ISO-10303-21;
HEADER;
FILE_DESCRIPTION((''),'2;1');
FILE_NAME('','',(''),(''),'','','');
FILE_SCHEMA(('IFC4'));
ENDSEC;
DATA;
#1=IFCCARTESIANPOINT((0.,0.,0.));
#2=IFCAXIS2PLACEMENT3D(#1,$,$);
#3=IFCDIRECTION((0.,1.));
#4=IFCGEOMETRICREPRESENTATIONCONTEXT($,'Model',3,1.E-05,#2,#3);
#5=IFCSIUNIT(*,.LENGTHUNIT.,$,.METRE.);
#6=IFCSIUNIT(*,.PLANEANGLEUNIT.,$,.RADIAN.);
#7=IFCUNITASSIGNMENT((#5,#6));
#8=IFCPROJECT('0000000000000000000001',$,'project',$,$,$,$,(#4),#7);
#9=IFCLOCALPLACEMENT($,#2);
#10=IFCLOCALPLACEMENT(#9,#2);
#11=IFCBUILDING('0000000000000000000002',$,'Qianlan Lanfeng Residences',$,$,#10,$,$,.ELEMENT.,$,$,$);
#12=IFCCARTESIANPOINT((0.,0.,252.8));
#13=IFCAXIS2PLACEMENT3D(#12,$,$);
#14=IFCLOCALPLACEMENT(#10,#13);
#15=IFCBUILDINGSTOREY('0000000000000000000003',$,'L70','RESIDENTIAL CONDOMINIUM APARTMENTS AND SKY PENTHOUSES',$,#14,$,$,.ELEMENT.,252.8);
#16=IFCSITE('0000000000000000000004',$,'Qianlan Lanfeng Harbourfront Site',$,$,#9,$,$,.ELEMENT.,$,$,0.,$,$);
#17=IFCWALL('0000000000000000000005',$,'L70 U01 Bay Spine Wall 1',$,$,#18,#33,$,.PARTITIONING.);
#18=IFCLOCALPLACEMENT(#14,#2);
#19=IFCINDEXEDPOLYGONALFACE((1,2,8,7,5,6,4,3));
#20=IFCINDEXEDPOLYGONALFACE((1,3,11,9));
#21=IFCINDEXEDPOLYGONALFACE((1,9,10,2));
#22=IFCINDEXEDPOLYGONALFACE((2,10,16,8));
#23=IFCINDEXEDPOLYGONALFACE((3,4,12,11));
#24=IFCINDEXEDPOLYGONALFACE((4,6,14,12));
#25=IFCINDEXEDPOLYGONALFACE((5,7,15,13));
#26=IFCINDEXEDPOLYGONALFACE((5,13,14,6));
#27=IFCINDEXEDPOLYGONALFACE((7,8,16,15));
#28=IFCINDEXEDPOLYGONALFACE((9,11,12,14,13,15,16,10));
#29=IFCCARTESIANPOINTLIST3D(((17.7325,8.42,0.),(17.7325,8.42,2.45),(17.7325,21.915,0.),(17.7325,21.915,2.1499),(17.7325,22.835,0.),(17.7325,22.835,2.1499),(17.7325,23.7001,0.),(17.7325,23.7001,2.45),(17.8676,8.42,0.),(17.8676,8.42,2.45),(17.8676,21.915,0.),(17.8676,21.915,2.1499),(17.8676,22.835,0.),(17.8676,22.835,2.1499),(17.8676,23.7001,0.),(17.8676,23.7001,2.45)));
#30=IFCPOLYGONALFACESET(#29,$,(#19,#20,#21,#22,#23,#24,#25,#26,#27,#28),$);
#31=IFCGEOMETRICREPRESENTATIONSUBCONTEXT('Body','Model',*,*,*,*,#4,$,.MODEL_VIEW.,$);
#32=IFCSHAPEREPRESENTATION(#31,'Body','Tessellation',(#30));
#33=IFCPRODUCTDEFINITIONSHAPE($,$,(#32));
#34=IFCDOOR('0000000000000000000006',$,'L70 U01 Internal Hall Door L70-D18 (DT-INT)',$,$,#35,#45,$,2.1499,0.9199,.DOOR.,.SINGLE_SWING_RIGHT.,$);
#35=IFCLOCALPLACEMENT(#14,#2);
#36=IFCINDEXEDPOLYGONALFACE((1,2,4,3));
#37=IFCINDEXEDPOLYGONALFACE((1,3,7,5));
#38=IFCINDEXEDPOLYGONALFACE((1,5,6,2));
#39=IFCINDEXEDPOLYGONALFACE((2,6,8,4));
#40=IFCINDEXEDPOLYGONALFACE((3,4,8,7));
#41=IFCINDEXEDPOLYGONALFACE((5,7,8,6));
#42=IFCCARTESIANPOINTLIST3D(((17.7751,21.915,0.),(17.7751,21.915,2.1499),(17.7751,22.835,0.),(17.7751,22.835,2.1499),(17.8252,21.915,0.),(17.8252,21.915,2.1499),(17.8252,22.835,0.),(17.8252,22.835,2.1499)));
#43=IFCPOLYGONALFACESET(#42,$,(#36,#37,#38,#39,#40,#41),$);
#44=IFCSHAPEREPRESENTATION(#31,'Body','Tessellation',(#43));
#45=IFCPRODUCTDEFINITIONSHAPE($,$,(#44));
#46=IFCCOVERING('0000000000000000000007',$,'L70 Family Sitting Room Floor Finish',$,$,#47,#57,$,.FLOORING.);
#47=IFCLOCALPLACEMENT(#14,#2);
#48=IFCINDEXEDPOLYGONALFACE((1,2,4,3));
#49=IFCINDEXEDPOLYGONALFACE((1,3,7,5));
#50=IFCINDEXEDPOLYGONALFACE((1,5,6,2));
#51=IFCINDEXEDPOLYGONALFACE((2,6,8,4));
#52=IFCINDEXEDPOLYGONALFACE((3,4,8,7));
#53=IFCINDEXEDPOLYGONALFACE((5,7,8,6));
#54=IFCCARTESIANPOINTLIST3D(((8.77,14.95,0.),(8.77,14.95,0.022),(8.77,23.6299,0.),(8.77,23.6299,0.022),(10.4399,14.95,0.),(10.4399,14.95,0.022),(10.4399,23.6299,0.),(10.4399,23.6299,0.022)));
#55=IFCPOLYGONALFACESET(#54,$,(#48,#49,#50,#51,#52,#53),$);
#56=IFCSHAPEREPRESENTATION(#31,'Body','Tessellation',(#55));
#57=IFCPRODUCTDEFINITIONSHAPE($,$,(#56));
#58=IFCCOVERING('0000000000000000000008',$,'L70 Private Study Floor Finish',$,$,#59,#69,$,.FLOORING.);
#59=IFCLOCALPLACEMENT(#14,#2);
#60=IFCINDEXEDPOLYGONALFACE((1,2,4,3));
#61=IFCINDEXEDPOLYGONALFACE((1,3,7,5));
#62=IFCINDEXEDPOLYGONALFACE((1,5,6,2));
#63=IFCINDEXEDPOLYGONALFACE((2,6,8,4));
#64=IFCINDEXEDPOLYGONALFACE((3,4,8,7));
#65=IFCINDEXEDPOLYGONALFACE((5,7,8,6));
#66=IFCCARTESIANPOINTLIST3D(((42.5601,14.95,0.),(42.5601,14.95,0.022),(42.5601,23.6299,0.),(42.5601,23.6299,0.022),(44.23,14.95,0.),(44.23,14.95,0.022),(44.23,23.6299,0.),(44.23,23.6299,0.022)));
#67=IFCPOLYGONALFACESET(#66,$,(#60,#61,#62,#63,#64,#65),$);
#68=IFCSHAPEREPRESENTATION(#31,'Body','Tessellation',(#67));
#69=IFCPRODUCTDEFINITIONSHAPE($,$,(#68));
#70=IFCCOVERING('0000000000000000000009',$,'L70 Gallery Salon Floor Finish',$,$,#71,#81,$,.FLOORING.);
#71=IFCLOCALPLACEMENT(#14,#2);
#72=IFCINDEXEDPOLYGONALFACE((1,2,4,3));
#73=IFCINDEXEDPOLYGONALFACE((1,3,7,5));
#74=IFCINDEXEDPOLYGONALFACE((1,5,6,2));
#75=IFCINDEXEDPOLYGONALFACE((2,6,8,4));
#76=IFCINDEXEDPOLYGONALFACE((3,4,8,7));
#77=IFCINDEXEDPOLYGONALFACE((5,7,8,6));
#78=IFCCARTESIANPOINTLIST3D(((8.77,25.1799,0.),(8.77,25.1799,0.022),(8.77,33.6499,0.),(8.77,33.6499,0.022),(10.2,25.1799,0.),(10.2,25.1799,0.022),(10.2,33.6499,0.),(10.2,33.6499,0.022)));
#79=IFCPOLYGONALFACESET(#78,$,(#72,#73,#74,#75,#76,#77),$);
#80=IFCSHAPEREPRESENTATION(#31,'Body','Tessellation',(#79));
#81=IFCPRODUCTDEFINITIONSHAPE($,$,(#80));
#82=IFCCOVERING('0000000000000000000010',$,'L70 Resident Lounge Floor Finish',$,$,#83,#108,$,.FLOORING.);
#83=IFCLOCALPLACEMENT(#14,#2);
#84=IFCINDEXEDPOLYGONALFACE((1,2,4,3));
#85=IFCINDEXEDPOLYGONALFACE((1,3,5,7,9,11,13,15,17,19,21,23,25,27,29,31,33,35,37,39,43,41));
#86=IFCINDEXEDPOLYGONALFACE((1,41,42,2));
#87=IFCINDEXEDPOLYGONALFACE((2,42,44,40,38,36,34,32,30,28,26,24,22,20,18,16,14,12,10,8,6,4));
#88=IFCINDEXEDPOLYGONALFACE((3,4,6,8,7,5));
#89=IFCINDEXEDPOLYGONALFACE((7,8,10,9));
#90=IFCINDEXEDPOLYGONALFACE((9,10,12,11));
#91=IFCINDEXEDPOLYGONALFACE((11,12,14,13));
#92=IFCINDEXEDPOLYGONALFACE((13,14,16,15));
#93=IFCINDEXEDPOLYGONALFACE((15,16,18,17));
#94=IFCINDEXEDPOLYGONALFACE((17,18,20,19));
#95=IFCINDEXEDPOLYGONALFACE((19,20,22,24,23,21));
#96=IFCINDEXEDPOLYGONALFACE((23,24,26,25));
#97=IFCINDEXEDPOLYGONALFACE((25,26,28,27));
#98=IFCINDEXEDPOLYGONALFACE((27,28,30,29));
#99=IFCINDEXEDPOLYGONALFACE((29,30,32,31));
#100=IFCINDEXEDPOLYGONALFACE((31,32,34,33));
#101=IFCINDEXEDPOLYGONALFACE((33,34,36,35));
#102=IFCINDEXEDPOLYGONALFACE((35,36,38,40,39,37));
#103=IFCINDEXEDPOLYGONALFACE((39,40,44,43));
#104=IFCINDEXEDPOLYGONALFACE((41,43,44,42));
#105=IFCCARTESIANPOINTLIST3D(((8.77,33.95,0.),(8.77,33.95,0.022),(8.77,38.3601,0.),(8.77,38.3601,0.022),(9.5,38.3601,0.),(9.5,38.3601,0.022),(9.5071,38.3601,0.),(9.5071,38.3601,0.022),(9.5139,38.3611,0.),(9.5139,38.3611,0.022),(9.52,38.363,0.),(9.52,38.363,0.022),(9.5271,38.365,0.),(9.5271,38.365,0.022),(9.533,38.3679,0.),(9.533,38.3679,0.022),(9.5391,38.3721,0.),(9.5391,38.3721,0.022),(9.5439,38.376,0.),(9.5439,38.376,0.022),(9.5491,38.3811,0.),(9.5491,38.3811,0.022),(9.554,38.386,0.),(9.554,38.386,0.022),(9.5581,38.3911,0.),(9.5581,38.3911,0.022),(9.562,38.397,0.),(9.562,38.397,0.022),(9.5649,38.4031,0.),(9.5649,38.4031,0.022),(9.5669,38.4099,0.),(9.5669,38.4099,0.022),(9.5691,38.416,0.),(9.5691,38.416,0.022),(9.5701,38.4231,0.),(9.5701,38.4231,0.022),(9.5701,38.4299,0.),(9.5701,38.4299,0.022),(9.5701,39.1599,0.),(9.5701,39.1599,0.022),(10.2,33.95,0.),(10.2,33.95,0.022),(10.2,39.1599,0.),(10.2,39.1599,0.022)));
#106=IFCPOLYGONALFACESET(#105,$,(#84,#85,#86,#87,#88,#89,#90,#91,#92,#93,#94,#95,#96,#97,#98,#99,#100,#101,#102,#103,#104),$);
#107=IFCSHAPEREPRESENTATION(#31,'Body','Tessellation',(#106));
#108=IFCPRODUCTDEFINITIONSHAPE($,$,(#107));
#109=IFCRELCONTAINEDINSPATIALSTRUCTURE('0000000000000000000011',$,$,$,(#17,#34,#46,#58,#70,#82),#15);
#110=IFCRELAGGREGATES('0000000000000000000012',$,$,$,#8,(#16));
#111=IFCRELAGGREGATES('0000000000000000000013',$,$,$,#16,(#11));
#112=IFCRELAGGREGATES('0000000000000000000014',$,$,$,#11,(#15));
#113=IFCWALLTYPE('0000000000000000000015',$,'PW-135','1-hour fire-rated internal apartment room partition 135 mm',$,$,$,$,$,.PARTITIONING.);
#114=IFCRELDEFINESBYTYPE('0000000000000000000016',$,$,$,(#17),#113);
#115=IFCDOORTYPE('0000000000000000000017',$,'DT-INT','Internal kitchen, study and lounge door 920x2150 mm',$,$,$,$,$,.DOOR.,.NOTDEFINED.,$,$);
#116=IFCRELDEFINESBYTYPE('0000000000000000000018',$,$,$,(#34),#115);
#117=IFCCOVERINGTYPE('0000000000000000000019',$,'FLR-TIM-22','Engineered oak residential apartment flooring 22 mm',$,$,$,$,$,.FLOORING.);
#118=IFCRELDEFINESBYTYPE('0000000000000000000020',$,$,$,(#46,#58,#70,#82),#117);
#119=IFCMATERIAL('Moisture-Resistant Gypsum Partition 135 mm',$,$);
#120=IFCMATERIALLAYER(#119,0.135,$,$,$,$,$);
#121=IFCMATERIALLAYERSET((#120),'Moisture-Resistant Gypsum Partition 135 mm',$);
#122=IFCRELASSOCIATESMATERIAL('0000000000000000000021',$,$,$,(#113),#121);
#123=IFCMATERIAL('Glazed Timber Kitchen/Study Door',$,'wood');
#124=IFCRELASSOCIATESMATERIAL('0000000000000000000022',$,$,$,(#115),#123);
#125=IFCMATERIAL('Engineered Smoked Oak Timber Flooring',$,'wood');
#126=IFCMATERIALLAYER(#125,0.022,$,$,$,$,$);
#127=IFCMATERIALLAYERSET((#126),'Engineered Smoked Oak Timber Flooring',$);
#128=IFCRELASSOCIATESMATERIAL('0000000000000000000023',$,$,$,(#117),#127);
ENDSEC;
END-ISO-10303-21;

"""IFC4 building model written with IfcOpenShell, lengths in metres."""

from ifc_helpers import new_model, si_unit, direction, frame, frame_2d, origin, place, context, subcontext, project, spatial, polyline, rectangle, outline, extrude, material, layer, layer_set, type_object, element, fill, save


model = new_model("IFC4")

# Units and contexts
model_context = context("Model", 3, precision=1e-05, world=origin(), true_north=direction((0.0, 1.0)))
body_context = subcontext(model_context, "Body", "Model", "MODEL_VIEW")
ifc_project = project(units=[si_unit("LENGTHUNIT", "METRE"), si_unit("PLANEANGLEUNIT", "RADIAN")], contexts=[model_context])

# Site, building, storey
site_placement = place(None, origin())
site = spatial("IfcSite", under=ifc_project, at=site_placement, Name="Qianlan Lanfeng Harbourfront Site", CompositionType="ELEMENT", RefElevation=0.0)
building_placement = place(site_placement, origin())
building = spatial("IfcBuilding", under=site, at=building_placement, Name="Qianlan Lanfeng Residences", CompositionType="ELEMENT")
storey_placement = place(building_placement, frame((0.0, 0.0, 252.8)))
storey = spatial("IfcBuildingStorey", under=building, at=storey_placement, Name="L70", Description="RESIDENTIAL CONDOMINIUM APARTMENTS AND SKY PENTHOUSES", CompositionType="ELEMENT", Elevation=252.8)

# Wall, opening, door
ifc_material_1 = material(Name="Moisture-Resistant Gypsum Partition 135 mm")
ifc_layer_1 = layer(ifc_material_1, 0.135)
ifc_layer_set_1 = layer_set([ifc_layer_1], Name="Moisture-Resistant Gypsum Partition 135 mm")
wall_type_1 = type_object("IfcWallType", Name="PW-135", Description="1-hour fire-rated internal apartment room partition 135 mm", PredefinedType="PARTITIONING", material=ifc_layer_set_1)
wall_1_placement = place(storey_placement, frame((17.8, 8.4199, 0.0), z_axis=(0.0, 0.0, 1.0), x_axis=(0.0, 1.0, 0.0)))
wall_1 = element("IfcWall", 1, at=wall_1_placement, inside=storey, type_object=wall_type_1, Name="L70 U01 Bay Spine Wall 1", PredefinedType="PARTITIONING", context=body_context, shape_type="SweptSolid", body=[
    extrude(rectangle(XDim=15.28, YDim=0.135, at=frame_2d((7.6401, 0.0))), origin(), (0.0, 0.0, 1.0), 2.45),
])
opening_1_placement = place(wall_1_placement, frame((13.4951, 0.0, 0.0)))
opening_1 = element("IfcOpeningElement", 2, at=opening_1_placement, cuts=wall_1, PredefinedType="OPENING", context=body_context, shape_type="SweptSolid", body=[
    extrude(rectangle(XDim=0.9199, YDim=2.1499, at=frame_2d((0.46, 1.075))), frame((0.0, 0.0776, 0.0), z_axis=(0.0, -1.0, 0.0), x_axis=(1.0, 0.0, 0.0)), (0.0, 0.0, 1.0), 0.155),
])
ifc_material_2 = material(Name="Glazed Timber Kitchen/Study Door", Category="wood")
door_type_1 = type_object("IfcDoorType", Name="DT-INT", Description="Internal kitchen, study and lounge door 920x2150 mm", OperationType="NOTDEFINED", PredefinedType="DOOR", material=ifc_material_2)
door_1_placement = place(opening_1_placement, origin())
door_1 = element("IfcDoor", 3, at=door_1_placement, inside=storey, type_object=door_type_1, Name="L70 U01 Internal Hall Door L70-D18 (DT-INT)", OperationType="SINGLE_SWING_RIGHT", OverallHeight=2.1499, OverallWidth=0.9199, PredefinedType="DOOR", context=body_context, shape_type="SweptSolid", body=[
    extrude(rectangle(XDim=0.9199, YDim=2.1499, at=frame_2d((0.46, 1.075))), frame((0.0, 0.0249, 0.0), z_axis=(0.0, -1.0, 0.0), x_axis=(1.0, 0.0, 0.0)), (0.0, 0.0, 1.0), 0.05),
])
fill(opening_1, door_1)

# Coverings
ifc_material_3 = material(Name="Engineered Smoked Oak Timber Flooring", Category="wood")
ifc_layer_2 = layer(ifc_material_3, 0.022)
ifc_layer_set_2 = layer_set([ifc_layer_2], Name="Engineered Smoked Oak Timber Flooring")
covering_type = type_object("IfcCoveringType", Name="FLR-TIM-22", Description="Engineered oak residential apartment flooring 22 mm", PredefinedType="FLOORING", material=ifc_layer_set_2)
covering_1_placement = place(storey_placement, origin())
element("IfcCovering", 4, at=covering_1_placement, inside=storey, type_object=covering_type, Name="L70 Family Sitting Room Floor Finish", PredefinedType="FLOORING", context=body_context, shape_type="SweptSolid", body=[
    extrude(outline(polyline([(10.4399, 23.6299), (8.77, 23.6299), (8.77, 14.95), (10.4399, 14.95), (10.4399, 23.6299)])), origin(), (0.0, 0.0, 1.0), 0.022),
])
covering_2_placement = place(storey_placement, origin())
element("IfcCovering", 5, at=covering_2_placement, inside=storey, type_object=covering_type, Name="L70 Private Study Floor Finish", PredefinedType="FLOORING", context=body_context, shape_type="SweptSolid", body=[
    extrude(outline(polyline([(44.23, 23.6299), (42.5601, 23.6299), (42.5601, 14.95), (44.23, 14.95), (44.23, 23.6299)])), origin(), (0.0, 0.0, 1.0), 0.022),
])
covering_3_placement = place(storey_placement, origin())
element("IfcCovering", 6, at=covering_3_placement, inside=storey, type_object=covering_type, Name="L70 Gallery Salon Floor Finish", PredefinedType="FLOORING", context=body_context, shape_type="SweptSolid", body=[
    extrude(outline(polyline([(10.2, 33.6499), (8.77, 33.6499), (8.77, 25.1799), (10.2, 25.1799), (10.2, 33.6499)])), origin(), (0.0, 0.0, 1.0), 0.022),
])
covering_4_placement = place(storey_placement, origin())
element("IfcCovering", 7, at=covering_4_placement, inside=storey, type_object=covering_type, Name="L70 Resident Lounge Floor Finish", PredefinedType="FLOORING", context=body_context, shape_type="SweptSolid", body=[
    extrude(outline(polyline([(8.77, 33.95), (10.2, 33.95), (10.2, 39.1599), (9.5701, 39.1599), (9.5701, 38.4299), (9.5701, 38.4231), (9.5691, 38.416), (9.5669, 38.4099), (9.5649, 38.4031), (9.562, 38.397), (9.5581, 38.3911), (9.554, 38.386), (9.5491, 38.3811), (9.5439, 38.376), (9.5391, 38.3721), (9.533, 38.3679), (9.5271, 38.365), (9.52, 38.363), (9.5139, 38.3611), (9.5071, 38.3601), (9.5, 38.3601), (8.77, 38.3601), (8.77, 33.95)])), origin(), (0.0, 0.0, 1.0), 0.022),
])

save(model, "model.ifc")
